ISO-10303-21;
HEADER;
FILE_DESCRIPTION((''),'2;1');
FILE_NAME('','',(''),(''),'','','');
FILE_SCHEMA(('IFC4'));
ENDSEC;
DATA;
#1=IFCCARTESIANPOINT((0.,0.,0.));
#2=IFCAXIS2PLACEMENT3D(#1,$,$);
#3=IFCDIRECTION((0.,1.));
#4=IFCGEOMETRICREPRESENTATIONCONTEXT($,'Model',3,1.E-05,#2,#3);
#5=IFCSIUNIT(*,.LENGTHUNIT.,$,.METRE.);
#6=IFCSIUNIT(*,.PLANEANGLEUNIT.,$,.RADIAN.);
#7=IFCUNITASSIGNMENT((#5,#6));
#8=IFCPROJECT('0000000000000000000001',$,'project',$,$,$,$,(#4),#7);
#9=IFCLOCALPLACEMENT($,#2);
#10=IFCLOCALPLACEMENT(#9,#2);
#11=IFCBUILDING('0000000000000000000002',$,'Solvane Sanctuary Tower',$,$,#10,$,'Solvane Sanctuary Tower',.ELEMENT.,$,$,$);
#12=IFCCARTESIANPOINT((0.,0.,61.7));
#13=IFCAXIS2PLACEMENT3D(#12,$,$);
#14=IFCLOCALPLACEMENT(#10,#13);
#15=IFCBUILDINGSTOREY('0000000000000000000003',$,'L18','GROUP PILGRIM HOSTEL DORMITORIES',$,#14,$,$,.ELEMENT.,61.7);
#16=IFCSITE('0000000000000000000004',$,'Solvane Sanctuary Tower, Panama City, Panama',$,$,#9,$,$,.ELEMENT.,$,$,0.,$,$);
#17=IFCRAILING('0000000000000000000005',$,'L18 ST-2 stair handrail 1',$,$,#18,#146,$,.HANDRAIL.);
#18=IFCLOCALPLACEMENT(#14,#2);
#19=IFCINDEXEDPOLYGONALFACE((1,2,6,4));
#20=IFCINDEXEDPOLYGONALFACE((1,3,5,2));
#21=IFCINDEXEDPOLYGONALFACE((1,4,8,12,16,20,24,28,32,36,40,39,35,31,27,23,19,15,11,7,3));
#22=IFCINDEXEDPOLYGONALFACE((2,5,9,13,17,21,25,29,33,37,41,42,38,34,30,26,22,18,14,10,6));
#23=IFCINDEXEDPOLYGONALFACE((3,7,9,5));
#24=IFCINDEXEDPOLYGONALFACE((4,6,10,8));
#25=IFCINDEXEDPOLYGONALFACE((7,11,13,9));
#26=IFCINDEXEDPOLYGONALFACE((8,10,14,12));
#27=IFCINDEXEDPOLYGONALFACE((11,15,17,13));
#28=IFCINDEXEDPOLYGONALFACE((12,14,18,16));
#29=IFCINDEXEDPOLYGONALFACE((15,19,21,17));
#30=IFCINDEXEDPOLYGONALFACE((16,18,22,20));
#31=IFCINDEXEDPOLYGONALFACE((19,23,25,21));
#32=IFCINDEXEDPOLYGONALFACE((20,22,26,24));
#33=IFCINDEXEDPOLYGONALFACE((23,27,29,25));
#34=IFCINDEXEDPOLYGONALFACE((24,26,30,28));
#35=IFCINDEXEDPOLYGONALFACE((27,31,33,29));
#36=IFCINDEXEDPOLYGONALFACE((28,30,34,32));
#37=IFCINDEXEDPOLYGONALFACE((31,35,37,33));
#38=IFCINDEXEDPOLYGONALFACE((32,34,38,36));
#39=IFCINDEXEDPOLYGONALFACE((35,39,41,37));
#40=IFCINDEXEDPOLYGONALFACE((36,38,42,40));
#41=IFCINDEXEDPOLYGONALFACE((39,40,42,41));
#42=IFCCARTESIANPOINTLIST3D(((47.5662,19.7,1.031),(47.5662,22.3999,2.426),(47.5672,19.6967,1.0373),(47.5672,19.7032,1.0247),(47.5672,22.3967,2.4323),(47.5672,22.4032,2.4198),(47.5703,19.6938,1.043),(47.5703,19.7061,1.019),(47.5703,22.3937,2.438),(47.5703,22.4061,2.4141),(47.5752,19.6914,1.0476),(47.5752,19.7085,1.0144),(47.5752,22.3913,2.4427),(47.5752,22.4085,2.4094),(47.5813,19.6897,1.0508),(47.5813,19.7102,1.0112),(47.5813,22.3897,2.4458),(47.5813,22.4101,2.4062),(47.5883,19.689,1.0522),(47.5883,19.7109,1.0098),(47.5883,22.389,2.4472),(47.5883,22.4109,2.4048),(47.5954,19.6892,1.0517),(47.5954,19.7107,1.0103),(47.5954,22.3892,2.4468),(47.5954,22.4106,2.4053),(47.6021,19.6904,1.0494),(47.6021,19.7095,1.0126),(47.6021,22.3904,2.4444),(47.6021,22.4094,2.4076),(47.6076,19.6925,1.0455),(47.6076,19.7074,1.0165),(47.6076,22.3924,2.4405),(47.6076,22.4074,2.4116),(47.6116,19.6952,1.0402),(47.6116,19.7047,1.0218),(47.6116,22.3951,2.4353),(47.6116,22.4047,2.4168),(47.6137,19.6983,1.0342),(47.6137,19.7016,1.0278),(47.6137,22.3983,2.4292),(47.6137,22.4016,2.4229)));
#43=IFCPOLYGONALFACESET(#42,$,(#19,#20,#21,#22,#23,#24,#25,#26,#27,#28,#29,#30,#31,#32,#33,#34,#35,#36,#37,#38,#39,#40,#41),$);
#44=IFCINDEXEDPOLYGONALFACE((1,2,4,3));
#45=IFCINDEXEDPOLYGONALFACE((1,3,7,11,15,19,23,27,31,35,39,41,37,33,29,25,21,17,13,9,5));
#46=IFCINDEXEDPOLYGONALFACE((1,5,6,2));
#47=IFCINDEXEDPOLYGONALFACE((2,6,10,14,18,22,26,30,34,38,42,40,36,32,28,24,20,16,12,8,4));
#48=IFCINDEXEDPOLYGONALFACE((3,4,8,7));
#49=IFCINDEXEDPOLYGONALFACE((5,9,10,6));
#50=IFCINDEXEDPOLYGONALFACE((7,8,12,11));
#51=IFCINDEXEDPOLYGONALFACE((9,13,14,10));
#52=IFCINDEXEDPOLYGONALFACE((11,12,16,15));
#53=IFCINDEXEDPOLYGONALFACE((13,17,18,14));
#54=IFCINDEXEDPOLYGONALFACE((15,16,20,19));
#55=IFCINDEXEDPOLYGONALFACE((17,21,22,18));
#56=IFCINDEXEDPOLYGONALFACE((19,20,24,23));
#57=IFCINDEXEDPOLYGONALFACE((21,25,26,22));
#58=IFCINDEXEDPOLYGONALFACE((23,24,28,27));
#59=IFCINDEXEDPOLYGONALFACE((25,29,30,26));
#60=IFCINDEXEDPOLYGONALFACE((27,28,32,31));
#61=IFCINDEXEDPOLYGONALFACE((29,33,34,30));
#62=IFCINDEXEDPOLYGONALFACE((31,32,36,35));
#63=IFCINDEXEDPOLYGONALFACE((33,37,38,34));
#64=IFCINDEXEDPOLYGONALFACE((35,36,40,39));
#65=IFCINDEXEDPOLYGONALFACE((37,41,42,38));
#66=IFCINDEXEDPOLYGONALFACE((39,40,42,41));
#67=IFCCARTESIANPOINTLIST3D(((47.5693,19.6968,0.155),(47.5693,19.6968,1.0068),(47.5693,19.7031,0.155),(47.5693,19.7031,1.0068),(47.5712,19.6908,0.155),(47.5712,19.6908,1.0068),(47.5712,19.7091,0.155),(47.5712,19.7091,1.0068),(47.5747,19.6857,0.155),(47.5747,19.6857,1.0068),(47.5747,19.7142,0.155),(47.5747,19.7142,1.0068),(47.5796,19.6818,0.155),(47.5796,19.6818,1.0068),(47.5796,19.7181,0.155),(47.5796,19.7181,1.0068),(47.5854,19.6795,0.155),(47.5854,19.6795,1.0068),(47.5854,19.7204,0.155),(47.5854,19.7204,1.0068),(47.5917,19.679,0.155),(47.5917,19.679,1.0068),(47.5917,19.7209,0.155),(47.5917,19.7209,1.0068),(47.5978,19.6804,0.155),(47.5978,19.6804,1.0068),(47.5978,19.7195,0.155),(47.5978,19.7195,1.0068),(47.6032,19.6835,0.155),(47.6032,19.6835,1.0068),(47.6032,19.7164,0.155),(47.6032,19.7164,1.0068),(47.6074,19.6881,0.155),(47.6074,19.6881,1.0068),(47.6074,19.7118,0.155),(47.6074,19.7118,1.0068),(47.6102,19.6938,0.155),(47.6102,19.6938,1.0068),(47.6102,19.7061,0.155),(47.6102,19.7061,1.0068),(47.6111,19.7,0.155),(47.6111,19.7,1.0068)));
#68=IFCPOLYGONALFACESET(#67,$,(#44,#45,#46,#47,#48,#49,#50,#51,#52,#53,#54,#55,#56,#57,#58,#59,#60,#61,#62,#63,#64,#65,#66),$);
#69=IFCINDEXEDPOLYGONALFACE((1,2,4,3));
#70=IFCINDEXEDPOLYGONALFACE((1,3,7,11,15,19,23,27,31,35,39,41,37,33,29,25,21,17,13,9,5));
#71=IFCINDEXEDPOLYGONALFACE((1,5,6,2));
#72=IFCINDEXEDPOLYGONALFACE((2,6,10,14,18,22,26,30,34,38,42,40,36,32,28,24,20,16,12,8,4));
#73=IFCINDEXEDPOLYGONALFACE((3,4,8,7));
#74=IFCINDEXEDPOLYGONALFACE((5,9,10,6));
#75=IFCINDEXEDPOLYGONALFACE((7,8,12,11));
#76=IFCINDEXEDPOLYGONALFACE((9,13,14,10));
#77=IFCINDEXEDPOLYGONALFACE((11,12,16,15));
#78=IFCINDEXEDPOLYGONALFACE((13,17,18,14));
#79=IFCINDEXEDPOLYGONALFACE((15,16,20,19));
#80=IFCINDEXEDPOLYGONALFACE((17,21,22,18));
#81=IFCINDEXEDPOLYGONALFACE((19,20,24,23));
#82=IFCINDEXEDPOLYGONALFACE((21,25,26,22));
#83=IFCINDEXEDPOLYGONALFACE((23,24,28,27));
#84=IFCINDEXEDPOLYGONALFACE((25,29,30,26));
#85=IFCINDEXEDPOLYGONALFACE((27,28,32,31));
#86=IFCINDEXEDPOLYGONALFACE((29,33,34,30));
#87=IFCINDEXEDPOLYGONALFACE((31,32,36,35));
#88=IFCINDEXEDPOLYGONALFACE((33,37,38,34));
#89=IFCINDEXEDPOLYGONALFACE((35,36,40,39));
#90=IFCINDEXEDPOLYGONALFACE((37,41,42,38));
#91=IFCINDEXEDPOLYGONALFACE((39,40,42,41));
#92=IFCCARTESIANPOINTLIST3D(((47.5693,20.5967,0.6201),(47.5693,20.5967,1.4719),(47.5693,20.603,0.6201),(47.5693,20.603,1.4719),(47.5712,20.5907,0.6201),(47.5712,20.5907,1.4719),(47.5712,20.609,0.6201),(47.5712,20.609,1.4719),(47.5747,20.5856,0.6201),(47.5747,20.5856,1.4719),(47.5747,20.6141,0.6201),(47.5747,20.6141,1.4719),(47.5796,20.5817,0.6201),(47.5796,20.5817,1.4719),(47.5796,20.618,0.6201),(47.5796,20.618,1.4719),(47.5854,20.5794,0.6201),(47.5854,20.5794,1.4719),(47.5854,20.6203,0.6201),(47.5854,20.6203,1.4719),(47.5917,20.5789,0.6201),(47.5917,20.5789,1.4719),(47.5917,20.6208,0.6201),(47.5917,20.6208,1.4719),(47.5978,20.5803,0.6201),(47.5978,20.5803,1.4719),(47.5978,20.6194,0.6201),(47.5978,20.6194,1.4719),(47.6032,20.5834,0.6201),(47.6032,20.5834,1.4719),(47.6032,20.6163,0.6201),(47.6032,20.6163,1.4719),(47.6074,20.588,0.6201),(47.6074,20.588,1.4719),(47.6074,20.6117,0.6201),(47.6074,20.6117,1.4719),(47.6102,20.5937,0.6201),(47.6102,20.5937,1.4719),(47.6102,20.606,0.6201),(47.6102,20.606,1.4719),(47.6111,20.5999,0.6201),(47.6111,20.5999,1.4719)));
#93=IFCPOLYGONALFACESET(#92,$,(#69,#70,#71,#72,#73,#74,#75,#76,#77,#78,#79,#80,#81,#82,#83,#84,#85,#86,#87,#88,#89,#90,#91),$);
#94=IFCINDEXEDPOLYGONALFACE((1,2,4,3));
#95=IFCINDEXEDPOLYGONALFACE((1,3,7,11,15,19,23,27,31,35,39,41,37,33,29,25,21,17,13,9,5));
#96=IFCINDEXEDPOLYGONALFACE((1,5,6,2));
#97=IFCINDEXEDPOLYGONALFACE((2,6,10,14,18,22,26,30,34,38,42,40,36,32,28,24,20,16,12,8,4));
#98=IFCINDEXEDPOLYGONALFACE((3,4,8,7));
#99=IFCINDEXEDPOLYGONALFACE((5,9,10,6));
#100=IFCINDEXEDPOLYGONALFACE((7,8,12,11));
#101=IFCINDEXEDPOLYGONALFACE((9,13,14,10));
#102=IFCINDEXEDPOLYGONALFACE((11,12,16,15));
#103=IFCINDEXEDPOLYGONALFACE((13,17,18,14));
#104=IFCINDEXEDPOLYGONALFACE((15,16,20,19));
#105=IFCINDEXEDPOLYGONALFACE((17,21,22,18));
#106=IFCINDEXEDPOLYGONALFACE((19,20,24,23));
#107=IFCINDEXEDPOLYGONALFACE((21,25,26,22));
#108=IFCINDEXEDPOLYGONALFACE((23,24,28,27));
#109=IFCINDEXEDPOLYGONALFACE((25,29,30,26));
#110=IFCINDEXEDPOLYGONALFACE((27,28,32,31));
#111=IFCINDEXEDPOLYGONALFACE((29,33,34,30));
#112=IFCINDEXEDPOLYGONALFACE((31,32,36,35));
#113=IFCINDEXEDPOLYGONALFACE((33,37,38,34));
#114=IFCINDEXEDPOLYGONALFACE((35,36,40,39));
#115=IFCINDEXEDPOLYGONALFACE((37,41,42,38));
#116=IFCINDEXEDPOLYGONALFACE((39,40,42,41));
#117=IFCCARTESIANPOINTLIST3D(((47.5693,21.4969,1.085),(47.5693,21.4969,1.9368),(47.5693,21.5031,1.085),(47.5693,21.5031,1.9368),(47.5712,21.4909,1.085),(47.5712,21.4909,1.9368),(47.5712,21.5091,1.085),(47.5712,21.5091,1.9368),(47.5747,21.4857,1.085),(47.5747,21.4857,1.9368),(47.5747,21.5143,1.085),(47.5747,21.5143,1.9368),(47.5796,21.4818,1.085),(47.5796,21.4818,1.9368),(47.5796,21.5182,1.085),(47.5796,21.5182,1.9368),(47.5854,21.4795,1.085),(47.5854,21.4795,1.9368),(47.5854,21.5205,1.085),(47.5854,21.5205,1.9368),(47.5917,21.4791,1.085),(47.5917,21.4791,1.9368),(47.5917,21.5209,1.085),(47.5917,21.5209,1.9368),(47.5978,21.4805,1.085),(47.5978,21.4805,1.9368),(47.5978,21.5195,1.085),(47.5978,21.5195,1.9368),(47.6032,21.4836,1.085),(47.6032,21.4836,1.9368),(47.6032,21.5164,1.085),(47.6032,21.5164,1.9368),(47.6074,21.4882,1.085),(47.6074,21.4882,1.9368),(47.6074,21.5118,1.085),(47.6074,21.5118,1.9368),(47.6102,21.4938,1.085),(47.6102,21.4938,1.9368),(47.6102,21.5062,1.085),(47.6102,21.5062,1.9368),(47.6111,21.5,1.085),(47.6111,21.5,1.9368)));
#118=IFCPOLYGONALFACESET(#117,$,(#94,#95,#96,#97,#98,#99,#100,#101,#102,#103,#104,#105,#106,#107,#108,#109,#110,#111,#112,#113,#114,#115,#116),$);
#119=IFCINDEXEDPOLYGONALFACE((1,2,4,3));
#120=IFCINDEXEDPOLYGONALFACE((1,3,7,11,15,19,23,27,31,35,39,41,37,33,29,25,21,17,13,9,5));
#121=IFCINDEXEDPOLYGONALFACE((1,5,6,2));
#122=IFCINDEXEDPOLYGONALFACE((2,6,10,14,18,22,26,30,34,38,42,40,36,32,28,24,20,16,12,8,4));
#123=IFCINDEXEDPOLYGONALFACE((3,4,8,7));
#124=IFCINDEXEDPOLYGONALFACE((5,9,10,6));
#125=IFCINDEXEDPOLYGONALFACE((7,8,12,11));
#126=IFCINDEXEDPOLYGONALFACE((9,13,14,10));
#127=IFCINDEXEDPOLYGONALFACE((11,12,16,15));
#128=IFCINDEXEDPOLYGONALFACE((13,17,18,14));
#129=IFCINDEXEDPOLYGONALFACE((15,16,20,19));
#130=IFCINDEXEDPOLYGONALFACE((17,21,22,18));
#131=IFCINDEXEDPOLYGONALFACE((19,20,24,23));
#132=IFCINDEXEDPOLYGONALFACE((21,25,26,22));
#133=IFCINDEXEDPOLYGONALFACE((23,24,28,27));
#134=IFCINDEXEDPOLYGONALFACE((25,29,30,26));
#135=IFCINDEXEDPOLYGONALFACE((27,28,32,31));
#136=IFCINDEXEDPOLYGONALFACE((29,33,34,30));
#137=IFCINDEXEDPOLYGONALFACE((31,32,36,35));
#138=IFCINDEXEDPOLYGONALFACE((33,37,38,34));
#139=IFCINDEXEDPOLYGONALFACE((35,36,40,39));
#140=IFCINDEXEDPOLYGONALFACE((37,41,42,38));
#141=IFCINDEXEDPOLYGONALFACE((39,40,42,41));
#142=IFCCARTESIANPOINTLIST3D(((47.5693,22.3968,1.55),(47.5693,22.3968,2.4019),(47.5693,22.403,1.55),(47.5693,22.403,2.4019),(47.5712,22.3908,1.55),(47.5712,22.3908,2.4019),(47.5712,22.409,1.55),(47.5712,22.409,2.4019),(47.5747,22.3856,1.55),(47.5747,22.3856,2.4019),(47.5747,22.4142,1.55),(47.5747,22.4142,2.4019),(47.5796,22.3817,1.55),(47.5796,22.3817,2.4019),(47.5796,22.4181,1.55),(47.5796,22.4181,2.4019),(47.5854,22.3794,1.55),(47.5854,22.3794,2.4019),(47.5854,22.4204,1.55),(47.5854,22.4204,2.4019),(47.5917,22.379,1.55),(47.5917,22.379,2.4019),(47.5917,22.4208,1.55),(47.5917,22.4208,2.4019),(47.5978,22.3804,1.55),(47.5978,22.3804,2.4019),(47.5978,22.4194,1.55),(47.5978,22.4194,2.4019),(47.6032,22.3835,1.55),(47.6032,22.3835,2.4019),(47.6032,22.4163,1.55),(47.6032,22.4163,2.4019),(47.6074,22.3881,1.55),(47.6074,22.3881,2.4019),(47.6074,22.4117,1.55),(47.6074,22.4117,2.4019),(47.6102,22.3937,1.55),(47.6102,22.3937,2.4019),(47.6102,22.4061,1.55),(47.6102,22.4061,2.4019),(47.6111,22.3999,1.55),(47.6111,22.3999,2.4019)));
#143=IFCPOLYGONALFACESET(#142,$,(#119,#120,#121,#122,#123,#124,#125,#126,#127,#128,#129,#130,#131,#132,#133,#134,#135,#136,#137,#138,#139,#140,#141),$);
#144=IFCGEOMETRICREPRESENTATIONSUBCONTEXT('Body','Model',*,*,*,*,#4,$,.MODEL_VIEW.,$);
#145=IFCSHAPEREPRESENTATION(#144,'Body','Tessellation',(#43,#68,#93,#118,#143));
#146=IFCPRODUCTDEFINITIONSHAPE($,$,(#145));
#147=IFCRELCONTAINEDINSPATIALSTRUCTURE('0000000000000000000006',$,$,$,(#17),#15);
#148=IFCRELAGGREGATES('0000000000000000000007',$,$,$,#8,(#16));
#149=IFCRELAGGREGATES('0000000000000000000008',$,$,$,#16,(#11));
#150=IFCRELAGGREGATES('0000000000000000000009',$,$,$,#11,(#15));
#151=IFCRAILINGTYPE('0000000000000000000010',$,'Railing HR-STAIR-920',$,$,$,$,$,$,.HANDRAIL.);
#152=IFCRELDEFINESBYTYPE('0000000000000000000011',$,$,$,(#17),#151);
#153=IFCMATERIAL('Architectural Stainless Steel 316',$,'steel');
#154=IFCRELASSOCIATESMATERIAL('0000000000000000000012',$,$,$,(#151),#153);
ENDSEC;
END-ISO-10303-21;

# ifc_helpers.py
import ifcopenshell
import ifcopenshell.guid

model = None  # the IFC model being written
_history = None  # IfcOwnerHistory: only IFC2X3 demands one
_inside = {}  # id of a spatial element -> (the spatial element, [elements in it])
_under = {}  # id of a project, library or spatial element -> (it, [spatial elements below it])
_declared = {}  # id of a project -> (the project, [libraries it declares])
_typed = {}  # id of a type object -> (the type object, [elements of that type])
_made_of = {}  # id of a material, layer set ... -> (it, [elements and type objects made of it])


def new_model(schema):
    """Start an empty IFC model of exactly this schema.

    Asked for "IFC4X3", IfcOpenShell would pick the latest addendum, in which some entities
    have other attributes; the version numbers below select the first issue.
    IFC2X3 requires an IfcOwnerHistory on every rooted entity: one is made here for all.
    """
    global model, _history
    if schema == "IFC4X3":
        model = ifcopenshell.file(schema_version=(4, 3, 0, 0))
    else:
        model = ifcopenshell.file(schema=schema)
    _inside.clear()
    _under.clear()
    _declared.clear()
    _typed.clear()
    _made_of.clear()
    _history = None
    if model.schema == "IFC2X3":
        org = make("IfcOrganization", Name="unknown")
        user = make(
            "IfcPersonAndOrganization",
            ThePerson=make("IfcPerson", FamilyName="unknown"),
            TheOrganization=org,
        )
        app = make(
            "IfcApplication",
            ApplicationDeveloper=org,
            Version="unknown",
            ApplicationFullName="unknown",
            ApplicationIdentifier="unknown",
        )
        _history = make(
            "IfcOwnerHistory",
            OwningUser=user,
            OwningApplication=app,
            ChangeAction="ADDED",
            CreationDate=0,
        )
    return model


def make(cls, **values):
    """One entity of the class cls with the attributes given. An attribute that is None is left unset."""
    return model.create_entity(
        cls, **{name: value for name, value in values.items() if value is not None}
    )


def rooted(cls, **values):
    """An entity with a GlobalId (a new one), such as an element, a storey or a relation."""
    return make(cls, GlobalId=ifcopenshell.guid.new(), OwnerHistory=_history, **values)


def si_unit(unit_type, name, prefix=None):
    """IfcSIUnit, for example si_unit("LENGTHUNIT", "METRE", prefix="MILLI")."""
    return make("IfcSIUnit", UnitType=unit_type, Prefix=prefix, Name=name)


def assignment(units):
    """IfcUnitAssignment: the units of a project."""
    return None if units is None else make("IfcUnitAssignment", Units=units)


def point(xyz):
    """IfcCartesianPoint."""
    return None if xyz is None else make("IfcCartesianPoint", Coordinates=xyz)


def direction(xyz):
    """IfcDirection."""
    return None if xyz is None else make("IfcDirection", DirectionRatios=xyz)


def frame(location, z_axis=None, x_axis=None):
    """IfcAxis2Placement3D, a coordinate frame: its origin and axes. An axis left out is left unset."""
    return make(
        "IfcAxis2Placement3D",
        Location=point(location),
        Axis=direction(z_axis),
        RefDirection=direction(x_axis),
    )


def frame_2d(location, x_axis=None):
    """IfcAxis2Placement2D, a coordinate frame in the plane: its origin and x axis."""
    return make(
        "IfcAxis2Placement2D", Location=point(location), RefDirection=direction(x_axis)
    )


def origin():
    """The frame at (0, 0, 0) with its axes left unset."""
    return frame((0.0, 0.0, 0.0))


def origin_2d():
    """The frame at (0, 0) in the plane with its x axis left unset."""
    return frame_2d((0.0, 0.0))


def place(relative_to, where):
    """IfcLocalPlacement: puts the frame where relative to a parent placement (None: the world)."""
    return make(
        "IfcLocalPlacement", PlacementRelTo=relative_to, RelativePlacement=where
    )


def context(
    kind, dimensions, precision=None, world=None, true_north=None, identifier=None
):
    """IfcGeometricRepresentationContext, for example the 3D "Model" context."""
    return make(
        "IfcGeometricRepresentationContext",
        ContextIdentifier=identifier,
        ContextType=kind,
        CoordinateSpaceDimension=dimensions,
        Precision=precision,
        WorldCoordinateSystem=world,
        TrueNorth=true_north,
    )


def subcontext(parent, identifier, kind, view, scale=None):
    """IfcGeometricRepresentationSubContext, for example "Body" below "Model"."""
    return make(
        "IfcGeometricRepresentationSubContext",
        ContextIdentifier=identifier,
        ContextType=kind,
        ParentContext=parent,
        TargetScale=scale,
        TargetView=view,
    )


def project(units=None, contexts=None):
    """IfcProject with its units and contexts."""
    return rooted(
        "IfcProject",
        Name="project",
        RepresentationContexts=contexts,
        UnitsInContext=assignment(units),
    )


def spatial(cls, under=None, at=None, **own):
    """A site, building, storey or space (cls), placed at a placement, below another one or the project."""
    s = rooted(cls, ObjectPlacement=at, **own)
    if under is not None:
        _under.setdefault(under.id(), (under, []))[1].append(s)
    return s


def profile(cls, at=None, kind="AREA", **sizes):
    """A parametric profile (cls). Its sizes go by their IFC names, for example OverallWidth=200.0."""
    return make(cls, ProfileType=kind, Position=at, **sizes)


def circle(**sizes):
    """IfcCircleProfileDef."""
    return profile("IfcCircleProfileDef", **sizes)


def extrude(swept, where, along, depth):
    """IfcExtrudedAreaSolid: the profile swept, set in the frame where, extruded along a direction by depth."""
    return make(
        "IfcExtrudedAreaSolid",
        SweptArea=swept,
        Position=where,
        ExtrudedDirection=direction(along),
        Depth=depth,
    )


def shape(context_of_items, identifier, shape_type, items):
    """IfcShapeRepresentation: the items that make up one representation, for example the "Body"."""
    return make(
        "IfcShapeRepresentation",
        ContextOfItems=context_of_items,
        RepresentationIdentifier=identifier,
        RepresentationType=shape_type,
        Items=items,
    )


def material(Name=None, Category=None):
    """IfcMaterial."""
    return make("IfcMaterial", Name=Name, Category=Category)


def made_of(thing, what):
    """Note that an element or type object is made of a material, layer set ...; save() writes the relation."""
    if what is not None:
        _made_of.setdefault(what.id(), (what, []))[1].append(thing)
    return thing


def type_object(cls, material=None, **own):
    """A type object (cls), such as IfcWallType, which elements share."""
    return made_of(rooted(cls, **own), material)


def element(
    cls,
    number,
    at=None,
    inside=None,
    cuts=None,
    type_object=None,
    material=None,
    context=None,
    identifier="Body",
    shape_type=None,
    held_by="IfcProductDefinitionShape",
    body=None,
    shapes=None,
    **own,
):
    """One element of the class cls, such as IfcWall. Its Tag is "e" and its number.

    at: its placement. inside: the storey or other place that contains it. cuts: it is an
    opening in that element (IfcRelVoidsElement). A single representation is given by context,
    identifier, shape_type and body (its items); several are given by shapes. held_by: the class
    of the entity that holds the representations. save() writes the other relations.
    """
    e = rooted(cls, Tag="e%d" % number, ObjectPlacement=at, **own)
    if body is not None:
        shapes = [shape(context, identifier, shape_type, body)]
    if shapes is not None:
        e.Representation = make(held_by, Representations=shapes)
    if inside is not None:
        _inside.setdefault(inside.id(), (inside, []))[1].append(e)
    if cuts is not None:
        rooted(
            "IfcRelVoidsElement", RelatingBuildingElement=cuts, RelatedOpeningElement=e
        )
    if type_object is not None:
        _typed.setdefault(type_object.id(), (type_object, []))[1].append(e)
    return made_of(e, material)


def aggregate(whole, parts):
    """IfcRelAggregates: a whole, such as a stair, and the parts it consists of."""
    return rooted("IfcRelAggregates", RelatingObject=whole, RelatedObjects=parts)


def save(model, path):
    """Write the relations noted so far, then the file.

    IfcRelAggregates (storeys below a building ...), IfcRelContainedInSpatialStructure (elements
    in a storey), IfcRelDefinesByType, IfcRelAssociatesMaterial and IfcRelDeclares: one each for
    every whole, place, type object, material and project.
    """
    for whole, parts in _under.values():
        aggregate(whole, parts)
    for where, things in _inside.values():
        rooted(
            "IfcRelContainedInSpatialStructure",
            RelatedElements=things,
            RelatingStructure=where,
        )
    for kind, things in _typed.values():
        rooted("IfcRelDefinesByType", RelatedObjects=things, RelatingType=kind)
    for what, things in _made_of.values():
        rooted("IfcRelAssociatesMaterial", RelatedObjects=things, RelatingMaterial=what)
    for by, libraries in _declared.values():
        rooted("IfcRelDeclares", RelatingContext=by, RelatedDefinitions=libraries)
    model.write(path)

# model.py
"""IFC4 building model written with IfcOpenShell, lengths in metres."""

from ifc_helpers import new_model, si_unit, direction, frame, origin, origin_2d, place, context, subcontext, project, spatial, circle, extrude, material, type_object, element, save


model = new_model("IFC4")

# Units and contexts
model_context = context("Model", 3, precision=1e-05, world=origin(), true_north=direction((0.0, 1.0)))
body_context = subcontext(model_context, "Body", "Model", "MODEL_VIEW")
ifc_project = project(units=[si_unit("LENGTHUNIT", "METRE"), si_unit("PLANEANGLEUNIT", "RADIAN")], contexts=[model_context])

# Site, building, storey
site_placement = place(None, origin())
site = spatial("IfcSite", under=ifc_project, at=site_placement, Name="Solvane Sanctuary Tower, Panama City, Panama", CompositionType="ELEMENT", RefElevation=0.0)
building_placement = place(site_placement, origin())
building = spatial("IfcBuilding", under=site, at=building_placement, Name="Solvane Sanctuary Tower", LongName="Solvane Sanctuary Tower", CompositionType="ELEMENT")
storey_placement = place(building_placement, frame((0.0, 0.0, 61.7)))
storey = spatial("IfcBuildingStorey", under=building, at=storey_placement, Name="L18", Description="GROUP PILGRIM HOSTEL DORMITORIES", CompositionType="ELEMENT", Elevation=61.7)

# Shared definitions
ifc_material_1 = material(Name="Architectural Stainless Steel 316", Category="steel")

# Railing
railing_type_1 = type_object("IfcRailingType", Name="Railing HR-STAIR-920", PredefinedType="HANDRAIL", material=ifc_material_1)
railing_1_placement = place(storey_placement, frame((47.5901, 19.7, 0.155)))
element("IfcRailing", 1, at=railing_1_placement, inside=storey, type_object=railing_type_1, Name="L18 ST-2 stair handrail 1", PredefinedType="HANDRAIL", context=body_context, shape_type="SweptSolid", body=[
    extrude(circle(Radius=0.0239, at=origin_2d()), frame((0.0, 0.0, 0.876), z_axis=(0.0, 0.88842, 0.459032), x_axis=(-1.0, 0.0, 0.0)), (0.0, 0.0, 1.0), 3.0391),
    extrude(circle(Radius=0.021, at=origin_2d()), origin(), (0.0, 0.0, 1.0), 0.8518),
    extrude(circle(Radius=0.021, at=origin_2d()), frame((0.0, 0.8999, 0.4651)), (0.0, 0.0, 1.0), 0.8518),
    extrude(circle(Radius=0.021, at=origin_2d()), frame((0.0, 1.8, 0.9299)), (0.0, 0.0, 1.0), 0.8518),
    extrude(circle(Radius=0.021, at=origin_2d()), frame((0.0, 2.7, 1.395)), (0.0, 0.0, 1.0), 0.8518),
])

save(model, "model.ifc")
